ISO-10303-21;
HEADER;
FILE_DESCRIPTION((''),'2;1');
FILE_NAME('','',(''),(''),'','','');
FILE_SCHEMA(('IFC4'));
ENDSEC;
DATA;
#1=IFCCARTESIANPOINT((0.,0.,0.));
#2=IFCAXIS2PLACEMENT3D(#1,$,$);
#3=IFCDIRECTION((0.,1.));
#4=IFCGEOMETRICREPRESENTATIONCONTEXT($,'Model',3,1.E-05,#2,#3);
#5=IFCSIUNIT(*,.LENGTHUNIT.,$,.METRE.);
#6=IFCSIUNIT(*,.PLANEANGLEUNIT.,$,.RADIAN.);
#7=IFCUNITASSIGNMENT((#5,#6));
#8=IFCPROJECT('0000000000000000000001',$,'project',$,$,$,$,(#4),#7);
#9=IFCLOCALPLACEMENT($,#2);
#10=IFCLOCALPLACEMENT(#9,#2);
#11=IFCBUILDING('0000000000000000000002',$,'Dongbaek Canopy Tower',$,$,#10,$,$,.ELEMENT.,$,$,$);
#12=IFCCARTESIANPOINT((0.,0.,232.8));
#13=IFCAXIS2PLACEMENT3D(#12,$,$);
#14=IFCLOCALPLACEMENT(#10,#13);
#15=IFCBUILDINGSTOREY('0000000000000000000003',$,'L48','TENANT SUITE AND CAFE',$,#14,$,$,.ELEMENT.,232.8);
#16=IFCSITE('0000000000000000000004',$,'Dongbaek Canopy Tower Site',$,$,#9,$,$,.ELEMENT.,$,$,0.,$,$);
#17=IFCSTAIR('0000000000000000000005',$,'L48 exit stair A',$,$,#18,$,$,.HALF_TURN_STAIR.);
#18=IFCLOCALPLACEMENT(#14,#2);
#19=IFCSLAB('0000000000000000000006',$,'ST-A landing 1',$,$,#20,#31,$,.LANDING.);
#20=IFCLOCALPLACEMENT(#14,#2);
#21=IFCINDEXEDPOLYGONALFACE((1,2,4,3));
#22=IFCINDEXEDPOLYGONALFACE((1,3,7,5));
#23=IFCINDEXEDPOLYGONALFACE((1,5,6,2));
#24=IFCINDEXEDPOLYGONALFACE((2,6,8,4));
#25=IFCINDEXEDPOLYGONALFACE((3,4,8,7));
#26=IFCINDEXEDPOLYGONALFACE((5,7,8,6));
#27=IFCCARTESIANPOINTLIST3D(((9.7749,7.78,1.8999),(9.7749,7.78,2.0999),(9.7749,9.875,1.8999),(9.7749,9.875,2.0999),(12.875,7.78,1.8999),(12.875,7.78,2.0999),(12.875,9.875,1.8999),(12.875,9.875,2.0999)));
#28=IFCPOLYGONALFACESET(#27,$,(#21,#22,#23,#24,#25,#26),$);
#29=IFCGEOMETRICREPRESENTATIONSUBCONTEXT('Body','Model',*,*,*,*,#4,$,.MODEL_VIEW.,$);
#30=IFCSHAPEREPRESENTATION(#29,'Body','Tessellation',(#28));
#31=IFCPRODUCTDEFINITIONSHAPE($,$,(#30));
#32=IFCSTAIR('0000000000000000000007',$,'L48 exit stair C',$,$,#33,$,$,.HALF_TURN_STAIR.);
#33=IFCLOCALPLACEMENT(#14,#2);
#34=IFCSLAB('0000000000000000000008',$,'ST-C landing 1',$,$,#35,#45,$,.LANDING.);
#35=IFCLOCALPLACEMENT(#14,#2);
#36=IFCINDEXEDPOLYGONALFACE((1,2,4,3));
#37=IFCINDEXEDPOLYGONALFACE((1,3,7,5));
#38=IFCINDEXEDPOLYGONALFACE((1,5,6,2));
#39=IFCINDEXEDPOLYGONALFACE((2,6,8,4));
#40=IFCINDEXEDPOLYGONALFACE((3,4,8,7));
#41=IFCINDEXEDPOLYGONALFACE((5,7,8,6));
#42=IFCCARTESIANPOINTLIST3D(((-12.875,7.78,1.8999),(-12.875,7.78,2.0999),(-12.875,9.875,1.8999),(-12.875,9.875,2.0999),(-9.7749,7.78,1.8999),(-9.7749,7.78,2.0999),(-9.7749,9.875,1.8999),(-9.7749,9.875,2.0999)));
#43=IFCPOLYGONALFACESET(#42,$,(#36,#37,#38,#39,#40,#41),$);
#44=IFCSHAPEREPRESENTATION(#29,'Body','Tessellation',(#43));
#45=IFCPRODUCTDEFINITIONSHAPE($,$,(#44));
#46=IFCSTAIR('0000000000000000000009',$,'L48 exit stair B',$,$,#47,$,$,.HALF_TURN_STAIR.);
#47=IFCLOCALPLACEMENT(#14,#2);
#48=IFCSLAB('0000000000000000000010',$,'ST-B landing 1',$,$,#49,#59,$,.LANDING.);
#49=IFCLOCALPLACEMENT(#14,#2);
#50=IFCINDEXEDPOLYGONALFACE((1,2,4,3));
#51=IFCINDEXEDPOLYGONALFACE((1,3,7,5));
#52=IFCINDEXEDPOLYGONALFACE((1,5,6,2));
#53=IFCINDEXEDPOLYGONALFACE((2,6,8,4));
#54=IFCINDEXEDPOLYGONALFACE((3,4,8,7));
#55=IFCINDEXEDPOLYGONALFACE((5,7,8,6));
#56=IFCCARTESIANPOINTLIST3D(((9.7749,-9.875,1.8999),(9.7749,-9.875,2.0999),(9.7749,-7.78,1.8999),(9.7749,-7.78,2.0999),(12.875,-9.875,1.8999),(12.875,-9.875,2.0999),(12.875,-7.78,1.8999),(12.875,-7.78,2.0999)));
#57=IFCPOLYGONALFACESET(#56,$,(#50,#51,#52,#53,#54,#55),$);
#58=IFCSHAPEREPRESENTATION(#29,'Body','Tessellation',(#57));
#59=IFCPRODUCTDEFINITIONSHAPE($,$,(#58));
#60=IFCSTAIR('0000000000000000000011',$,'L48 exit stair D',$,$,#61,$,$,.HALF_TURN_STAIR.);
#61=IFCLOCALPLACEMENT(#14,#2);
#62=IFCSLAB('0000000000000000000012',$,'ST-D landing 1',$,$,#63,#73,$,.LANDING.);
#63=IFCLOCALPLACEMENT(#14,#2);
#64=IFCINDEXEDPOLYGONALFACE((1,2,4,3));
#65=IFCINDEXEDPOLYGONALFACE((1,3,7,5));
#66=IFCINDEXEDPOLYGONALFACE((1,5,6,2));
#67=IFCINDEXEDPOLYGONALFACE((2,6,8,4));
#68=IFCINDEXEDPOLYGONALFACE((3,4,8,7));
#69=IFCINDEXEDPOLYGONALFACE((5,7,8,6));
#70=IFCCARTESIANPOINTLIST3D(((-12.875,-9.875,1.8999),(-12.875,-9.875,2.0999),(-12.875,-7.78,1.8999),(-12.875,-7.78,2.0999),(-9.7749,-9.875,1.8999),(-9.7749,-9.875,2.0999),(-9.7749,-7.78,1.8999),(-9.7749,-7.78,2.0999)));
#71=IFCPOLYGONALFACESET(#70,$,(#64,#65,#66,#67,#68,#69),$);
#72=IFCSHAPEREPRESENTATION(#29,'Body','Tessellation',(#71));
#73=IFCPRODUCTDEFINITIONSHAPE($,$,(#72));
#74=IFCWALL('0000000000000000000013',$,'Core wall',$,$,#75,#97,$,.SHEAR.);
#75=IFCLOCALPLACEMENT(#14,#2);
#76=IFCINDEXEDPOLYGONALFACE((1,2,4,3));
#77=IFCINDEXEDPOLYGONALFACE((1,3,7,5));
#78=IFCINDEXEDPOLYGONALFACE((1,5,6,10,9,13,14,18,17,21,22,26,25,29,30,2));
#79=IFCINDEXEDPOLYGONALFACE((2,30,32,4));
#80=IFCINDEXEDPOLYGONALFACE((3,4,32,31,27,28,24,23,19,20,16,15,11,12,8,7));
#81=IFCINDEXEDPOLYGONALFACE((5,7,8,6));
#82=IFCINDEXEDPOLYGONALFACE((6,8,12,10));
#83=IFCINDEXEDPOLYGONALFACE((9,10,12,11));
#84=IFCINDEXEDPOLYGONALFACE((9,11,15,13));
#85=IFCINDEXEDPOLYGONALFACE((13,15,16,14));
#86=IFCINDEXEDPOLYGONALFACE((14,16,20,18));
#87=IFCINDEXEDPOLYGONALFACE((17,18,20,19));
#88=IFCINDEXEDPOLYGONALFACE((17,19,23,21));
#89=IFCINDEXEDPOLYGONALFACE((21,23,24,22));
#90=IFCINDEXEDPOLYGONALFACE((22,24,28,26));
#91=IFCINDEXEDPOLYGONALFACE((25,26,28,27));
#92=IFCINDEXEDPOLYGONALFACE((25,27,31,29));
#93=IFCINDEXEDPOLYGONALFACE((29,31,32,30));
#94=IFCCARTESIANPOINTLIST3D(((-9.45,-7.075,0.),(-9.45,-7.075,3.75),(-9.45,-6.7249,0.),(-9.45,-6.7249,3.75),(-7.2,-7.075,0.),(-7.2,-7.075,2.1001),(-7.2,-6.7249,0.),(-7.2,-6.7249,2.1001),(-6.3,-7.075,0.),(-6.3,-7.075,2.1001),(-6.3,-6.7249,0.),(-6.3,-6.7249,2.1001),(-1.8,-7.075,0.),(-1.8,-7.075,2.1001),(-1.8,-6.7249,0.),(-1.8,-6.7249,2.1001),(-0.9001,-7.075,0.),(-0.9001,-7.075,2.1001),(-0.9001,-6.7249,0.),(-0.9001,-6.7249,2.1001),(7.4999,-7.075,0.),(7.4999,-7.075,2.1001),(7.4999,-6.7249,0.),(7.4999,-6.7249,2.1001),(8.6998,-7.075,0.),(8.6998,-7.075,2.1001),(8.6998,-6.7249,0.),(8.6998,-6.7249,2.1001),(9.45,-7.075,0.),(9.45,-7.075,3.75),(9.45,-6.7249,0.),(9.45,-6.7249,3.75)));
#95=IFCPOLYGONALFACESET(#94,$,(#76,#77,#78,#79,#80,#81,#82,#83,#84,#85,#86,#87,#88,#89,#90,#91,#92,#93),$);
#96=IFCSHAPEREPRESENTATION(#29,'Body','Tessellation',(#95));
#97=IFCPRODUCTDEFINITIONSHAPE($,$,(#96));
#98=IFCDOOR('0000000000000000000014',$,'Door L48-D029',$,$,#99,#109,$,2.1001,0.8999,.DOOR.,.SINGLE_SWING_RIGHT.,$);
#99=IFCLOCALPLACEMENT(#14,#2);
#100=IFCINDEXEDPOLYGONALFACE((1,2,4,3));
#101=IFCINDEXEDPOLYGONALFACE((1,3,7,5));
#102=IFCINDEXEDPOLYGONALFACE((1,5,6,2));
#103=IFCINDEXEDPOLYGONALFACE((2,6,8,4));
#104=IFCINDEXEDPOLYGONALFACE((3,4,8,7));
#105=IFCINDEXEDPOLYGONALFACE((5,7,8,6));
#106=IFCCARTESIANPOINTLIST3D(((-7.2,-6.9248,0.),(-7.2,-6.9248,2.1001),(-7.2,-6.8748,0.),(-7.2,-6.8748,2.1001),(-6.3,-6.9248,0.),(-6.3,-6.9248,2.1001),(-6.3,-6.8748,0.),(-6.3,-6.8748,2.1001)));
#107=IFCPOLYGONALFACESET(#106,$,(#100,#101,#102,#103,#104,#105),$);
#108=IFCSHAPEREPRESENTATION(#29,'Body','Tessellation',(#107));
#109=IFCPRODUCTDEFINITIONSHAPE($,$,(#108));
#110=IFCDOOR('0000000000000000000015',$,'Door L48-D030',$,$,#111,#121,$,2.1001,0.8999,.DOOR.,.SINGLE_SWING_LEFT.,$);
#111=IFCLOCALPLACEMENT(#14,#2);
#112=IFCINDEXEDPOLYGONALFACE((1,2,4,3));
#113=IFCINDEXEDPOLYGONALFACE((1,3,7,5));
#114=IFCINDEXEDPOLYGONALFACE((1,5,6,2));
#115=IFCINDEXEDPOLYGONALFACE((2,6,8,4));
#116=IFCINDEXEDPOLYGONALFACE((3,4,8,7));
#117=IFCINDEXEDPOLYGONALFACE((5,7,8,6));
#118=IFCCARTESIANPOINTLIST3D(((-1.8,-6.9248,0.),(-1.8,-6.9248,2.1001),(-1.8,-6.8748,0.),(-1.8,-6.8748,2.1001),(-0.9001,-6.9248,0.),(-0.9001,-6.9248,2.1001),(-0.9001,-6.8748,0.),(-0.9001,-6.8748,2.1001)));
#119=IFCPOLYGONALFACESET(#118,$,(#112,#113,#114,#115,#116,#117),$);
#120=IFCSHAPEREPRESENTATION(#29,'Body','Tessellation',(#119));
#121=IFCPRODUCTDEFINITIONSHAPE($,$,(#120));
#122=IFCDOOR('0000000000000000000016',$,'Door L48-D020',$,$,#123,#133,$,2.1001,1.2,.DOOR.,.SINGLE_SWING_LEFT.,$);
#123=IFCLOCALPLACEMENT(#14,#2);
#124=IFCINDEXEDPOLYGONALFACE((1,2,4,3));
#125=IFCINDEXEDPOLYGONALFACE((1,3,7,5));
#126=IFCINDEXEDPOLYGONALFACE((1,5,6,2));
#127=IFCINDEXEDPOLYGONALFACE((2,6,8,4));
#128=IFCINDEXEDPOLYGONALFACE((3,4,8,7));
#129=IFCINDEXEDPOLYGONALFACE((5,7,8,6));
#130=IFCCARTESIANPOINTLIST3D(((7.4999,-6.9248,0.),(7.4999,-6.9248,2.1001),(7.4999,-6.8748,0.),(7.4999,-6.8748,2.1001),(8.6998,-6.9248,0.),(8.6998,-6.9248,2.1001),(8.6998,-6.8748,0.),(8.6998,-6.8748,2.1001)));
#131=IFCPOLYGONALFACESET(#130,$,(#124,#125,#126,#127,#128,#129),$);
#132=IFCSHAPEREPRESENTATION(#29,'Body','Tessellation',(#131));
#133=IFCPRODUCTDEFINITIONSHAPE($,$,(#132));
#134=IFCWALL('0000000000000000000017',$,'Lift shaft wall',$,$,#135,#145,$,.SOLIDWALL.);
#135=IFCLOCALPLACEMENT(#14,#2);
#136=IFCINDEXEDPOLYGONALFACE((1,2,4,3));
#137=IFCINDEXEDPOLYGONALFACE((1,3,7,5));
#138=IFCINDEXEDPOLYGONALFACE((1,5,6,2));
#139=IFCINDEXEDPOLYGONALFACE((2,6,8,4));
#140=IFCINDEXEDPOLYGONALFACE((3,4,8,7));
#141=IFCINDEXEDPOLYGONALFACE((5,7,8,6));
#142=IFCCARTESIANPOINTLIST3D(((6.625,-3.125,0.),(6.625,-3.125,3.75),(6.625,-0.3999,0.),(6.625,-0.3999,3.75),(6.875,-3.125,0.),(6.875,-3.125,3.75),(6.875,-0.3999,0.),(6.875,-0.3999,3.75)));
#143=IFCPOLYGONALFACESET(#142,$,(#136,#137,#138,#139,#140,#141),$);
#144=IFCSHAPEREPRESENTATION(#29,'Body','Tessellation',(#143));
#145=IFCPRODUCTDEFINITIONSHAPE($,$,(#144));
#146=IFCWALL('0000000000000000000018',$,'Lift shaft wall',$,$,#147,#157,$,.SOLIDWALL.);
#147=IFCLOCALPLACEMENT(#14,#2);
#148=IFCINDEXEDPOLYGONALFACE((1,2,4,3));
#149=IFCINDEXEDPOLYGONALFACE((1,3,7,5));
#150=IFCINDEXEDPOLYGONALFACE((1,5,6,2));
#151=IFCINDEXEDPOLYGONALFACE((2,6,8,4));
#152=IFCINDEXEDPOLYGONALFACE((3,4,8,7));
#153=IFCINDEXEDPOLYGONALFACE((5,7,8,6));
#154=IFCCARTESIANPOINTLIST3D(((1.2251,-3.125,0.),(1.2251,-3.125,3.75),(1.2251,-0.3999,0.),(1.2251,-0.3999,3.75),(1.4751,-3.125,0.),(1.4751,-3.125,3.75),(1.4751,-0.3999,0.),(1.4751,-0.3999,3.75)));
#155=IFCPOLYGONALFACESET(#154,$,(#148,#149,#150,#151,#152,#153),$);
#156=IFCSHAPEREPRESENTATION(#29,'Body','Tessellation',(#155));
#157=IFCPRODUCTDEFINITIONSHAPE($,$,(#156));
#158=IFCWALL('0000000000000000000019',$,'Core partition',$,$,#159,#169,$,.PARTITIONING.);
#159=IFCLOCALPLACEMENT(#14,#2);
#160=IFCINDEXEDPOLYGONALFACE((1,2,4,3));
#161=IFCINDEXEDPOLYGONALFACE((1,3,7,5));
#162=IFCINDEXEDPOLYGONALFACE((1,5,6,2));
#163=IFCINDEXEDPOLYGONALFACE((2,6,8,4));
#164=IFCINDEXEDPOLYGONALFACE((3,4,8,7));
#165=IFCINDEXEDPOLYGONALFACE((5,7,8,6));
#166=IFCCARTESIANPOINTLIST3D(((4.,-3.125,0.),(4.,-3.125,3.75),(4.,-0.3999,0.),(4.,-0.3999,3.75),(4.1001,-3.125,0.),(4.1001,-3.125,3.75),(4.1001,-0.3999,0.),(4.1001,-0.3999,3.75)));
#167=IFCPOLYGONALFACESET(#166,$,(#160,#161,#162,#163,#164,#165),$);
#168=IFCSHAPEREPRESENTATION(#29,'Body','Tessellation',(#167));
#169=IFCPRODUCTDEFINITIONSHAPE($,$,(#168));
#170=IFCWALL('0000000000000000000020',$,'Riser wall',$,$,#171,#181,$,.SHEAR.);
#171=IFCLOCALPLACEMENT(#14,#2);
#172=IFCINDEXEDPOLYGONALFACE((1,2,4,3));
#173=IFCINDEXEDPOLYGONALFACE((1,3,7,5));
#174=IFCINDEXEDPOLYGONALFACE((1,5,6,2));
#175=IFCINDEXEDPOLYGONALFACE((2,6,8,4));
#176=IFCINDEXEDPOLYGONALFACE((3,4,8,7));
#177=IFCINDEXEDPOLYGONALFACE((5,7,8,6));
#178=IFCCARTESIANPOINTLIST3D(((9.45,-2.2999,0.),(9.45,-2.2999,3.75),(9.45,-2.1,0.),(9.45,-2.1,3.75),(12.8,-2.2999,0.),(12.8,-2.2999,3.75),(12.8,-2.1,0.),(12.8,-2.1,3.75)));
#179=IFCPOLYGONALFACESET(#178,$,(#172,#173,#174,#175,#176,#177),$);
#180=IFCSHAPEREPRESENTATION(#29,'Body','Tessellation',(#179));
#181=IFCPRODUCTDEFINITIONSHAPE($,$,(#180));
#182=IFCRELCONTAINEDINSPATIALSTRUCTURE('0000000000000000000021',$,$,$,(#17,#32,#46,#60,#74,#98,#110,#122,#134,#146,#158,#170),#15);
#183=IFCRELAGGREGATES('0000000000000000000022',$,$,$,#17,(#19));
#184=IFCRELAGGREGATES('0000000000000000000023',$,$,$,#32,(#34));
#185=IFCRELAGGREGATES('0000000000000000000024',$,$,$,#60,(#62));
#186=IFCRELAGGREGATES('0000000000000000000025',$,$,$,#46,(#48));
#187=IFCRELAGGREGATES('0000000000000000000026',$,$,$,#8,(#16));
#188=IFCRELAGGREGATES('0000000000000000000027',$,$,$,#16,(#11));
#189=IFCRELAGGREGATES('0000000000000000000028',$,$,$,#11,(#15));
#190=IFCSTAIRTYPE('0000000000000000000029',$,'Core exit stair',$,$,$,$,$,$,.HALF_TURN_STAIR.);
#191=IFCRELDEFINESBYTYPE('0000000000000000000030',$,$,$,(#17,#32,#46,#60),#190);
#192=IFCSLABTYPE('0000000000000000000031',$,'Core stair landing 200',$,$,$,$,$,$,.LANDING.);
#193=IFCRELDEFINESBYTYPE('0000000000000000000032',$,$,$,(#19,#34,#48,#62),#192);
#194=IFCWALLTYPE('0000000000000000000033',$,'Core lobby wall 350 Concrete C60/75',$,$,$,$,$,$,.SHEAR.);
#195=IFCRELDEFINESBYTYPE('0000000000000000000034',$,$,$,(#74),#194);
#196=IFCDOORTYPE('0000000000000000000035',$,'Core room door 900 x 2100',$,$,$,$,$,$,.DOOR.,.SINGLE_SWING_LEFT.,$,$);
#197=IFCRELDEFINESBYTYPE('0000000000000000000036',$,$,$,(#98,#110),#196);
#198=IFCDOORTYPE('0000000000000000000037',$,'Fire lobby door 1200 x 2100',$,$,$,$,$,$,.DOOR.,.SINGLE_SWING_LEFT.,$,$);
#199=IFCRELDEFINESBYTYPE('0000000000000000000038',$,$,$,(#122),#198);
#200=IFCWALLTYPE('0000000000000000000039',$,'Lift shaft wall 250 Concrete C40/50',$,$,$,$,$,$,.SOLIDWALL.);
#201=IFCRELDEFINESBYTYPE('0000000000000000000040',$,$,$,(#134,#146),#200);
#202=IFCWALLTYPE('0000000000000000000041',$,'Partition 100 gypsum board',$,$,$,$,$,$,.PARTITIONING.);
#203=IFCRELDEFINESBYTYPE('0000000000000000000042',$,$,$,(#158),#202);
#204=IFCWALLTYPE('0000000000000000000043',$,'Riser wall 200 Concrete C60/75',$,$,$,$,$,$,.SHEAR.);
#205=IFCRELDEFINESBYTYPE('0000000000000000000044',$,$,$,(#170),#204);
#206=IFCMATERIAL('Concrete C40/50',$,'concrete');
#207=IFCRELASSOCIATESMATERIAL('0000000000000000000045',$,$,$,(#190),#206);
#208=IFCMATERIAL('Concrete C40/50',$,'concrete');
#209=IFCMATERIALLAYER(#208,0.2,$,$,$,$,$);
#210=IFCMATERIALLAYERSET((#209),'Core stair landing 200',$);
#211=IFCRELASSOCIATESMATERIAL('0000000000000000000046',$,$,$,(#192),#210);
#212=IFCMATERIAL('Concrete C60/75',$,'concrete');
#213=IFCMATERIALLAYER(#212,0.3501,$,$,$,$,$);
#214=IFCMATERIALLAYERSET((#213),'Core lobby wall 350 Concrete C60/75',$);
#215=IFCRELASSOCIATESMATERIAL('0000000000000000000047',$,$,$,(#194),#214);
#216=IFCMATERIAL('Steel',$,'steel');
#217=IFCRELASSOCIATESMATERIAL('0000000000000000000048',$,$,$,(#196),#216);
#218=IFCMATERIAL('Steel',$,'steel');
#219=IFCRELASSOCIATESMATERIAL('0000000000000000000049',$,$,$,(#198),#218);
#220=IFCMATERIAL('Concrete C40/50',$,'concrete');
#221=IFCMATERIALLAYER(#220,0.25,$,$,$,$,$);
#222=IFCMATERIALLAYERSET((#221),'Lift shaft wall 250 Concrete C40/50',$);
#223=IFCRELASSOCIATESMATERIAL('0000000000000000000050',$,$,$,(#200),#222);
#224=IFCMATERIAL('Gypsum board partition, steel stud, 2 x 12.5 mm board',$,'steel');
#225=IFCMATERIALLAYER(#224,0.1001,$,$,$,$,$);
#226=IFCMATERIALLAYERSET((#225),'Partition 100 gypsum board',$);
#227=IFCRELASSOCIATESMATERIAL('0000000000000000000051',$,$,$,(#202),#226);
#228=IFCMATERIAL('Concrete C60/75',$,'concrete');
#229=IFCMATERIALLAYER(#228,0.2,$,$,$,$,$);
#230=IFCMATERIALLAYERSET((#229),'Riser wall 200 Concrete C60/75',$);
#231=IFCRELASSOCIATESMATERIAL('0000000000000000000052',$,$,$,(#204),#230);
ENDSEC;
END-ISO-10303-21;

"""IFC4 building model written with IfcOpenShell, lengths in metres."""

from ifc_helpers import new_model, si_unit, direction, frame, frame_2d, origin, place, context, subcontext, project, spatial, polyline, rectangle, outline, extrude, material, layer, layer_set, type_object, element, fill, aggregate, save


model = new_model("IFC4")

# Units and contexts
model_context = context("Model", 3, precision=1e-05, world=origin(), true_north=direction((0.0, 1.0)))
body_context = subcontext(model_context, "Body", "Model", "MODEL_VIEW")
ifc_project = project(units=[si_unit("LENGTHUNIT", "METRE"), si_unit("PLANEANGLEUNIT", "RADIAN")], contexts=[model_context])

# Site, building, storey
site_placement = place(None, origin())
site = spatial("IfcSite", under=ifc_project, at=site_placement, Name="Dongbaek Canopy Tower Site", CompositionType="ELEMENT", RefElevation=0.0)
building_placement = place(site_placement, origin())
building = spatial("IfcBuilding", under=site, at=building_placement, Name="Dongbaek Canopy Tower", CompositionType="ELEMENT")
storey_placement = place(building_placement, frame((0.0, 0.0, 232.8)))
storey = spatial("IfcBuildingStorey", under=building, at=storey_placement, Name="L48", Description="TENANT SUITE AND CAFE", CompositionType="ELEMENT", Elevation=232.8)

# Stairs, slabs
ifc_material_1 = material(Name="Concrete C40/50", Category="concrete")
stair_type = type_object("IfcStairType", Name="Core exit stair", PredefinedType="HALF_TURN_STAIR", material=ifc_material_1)
stair_1_placement = place(storey_placement, origin())
stair_1 = element("IfcStair", 1, at=stair_1_placement, inside=storey, type_object=stair_type, Name="L48 exit stair A", PredefinedType="HALF_TURN_STAIR")
ifc_material_2 = material(Name="Concrete C40/50", Category="concrete")
ifc_layer_1 = layer(ifc_material_2, 0.2)
ifc_layer_set_1 = layer_set([ifc_layer_1], Name="Core stair landing 200")
slab_type = type_object("IfcSlabType", Name="Core stair landing 200", PredefinedType="LANDING", material=ifc_layer_set_1)
slab_1_placement = place(storey_placement, frame((0.0, 0.0, 1.8999)))
slab_1 = element("IfcSlab", 2, at=slab_1_placement, type_object=slab_type, Name="ST-A landing 1", PredefinedType="LANDING", context=body_context, shape_type="SweptSolid", body=[
    extrude(outline(polyline([(12.875, 7.78), (12.875, 9.875), (9.7749, 9.875), (9.7749, 7.78), (12.875, 7.78)])), origin(), (0.0, 0.0, 1.0), 0.2),
])
aggregate(stair_1, [slab_1])
stair_2_placement = place(storey_placement, origin())
stair_2 = element("IfcStair", 3, at=stair_2_placement, inside=storey, type_object=stair_type, Name="L48 exit stair C", PredefinedType="HALF_TURN_STAIR")
slab_2_placement = place(storey_placement, frame((0.0, 0.0, 1.8999)))
slab_2 = element("IfcSlab", 4, at=slab_2_placement, type_object=slab_type, Name="ST-C landing 1", PredefinedType="LANDING", context=body_context, shape_type="SweptSolid", body=[
    extrude(outline(polyline([(-9.7749, 7.78), (-9.7749, 9.875), (-12.875, 9.875), (-12.875, 7.78), (-9.7749, 7.78)])), origin(), (0.0, 0.0, 1.0), 0.2),
])
aggregate(stair_2, [slab_2])
stair_3_placement = place(storey_placement, origin())
stair_3 = element("IfcStair", 5, at=stair_3_placement, inside=storey, type_object=stair_type, Name="L48 exit stair B", PredefinedType="HALF_TURN_STAIR")
slab_3_placement = place(storey_placement, frame((0.0, 0.0, 1.8999)))
slab_3 = element("IfcSlab", 6, at=slab_3_placement, type_object=slab_type, Name="ST-B landing 1", PredefinedType="LANDING", context=body_context, shape_type="SweptSolid", body=[
    extrude(outline(polyline([(9.7749, -7.78), (9.7749, -9.875), (12.875, -9.875), (12.875, -7.78), (9.7749, -7.78)])), origin(), (0.0, 0.0, 1.0), 0.2),
])
stair_4_placement = place(storey_placement, origin())
stair_4 = element("IfcStair", 7, at=stair_4_placement, inside=storey, type_object=stair_type, Name="L48 exit stair D", PredefinedType="HALF_TURN_STAIR")
slab_4_placement = place(storey_placement, frame((0.0, 0.0, 1.8999)))
slab_4 = element("IfcSlab", 8, at=slab_4_placement, type_object=slab_type, Name="ST-D landing 1", PredefinedType="LANDING", context=body_context, shape_type="SweptSolid", body=[
    extrude(outline(polyline([(-12.875, -7.78), (-12.875, -9.875), (-9.7749, -9.875), (-9.7749, -7.78), (-12.875, -7.78)])), origin(), (0.0, 0.0, 1.0), 0.2),
])
aggregate(stair_4, [slab_4])

# Wall, openings, doors
ifc_material_3 = material(Name="Concrete C60/75", Category="concrete")
ifc_layer_2 = layer(ifc_material_3, 0.3501)
ifc_layer_set_2 = layer_set([ifc_layer_2], Name="Core lobby wall 350 Concrete C60/75")
wall_type_1 = type_object("IfcWallType", Name="Core lobby wall 350 Concrete C60/75", PredefinedType="SHEAR", material=ifc_layer_set_2)
wall_1_placement = place(storey_placement, frame((9.45, -6.8999, 0.0), z_axis=(0.0, 0.0, 1.0), x_axis=(-1.0, 0.0, 0.0)))
wall_1 = element("IfcWall", 9, at=wall_1_placement, inside=storey, type_object=wall_type_1, Name="Core wall", PredefinedType="SHEAR", context=body_context, shape_type="SweptSolid", body=[
    extrude(rectangle(XDim=18.8999, YDim=0.3501, at=frame_2d((9.45, 0.0))), origin(), (0.0, 0.0, 1.0), 3.75),
])
opening_1_placement = place(wall_1_placement, frame((0.75, 0.0, 0.0)))
opening_1 = element("IfcOpeningElement", 10, at=opening_1_placement, cuts=wall_1, PredefinedType="OPENING", context=body_context, shape_type="SweptSolid", body=[
    extrude(rectangle(XDim=1.2, YDim=2.1001, at=frame_2d((0.6001, 1.05))), frame((0.0, 0.1851, 0.0), z_axis=(0.0, -1.0, 0.0), x_axis=(1.0, 0.0, 0.0)), (0.0, 0.0, 1.0), 0.3701),
])
opening_2_placement = place(wall_1_placement, frame((15.75, 0.0, 0.0)))
opening_2 = element("IfcOpeningElement", 11, at=opening_2_placement, cuts=wall_1, PredefinedType="OPENING", context=body_context, shape_type="SweptSolid", body=[
    extrude(rectangle(XDim=0.8999, YDim=2.1001, at=frame_2d((0.45, 1.05))), frame((0.0, 0.1851, 0.0), z_axis=(0.0, -1.0, 0.0), x_axis=(1.0, 0.0, 0.0)), (0.0, 0.0, 1.0), 0.3701),
])
opening_3_placement = place(wall_1_placement, frame((10.3501, 0.0, 0.0)))
opening_3 = element("IfcOpeningElement", 12, at=opening_3_placement, cuts=wall_1, PredefinedType="OPENING", context=body_context, shape_type="SweptSolid", body=[
    extrude(rectangle(XDim=0.8999, YDim=2.1001, at=frame_2d((0.45, 1.05))), frame((0.0, 0.1851, 0.0), z_axis=(0.0, -1.0, 0.0), x_axis=(1.0, 0.0, 0.0)), (0.0, 0.0, 1.0), 0.3701),
])
ifc_material_4 = material(Name="Steel", Category="steel")
door_type_1 = type_object("IfcDoorType", Name="Core room door 900 x 2100", OperationType="SINGLE_SWING_LEFT", PredefinedType="DOOR", material=ifc_material_4)
door_1_placement = place(opening_2_placement, origin())
door_1 = element("IfcDoor", 13, at=door_1_placement, inside=storey, type_object=door_type_1, Name="Door L48-D029", OperationType="SINGLE_SWING_RIGHT", OverallHeight=2.1001, OverallWidth=0.8999, PredefinedType="DOOR", context=body_context, shape_type="SweptSolid", body=[
    extrude(rectangle(XDim=0.8999, YDim=2.1001, at=frame_2d((0.45, 1.05))), frame((0.0, 0.0249, 0.0), z_axis=(0.0, -1.0, 0.0), x_axis=(1.0, 0.0, 0.0)), (0.0, 0.0, 1.0), 0.05),
])
fill(opening_2, door_1)
door_2_placement = place(opening_3_placement, origin())
door_2 = element("IfcDoor", 14, at=door_2_placement, inside=storey, type_object=door_type_1, Name="Door L48-D030", OperationType="SINGLE_SWING_LEFT", OverallHeight=2.1001, OverallWidth=0.8999, PredefinedType="DOOR", context=body_context, shape_type="SweptSolid", body=[
    extrude(rectangle(XDim=0.8999, YDim=2.1001, at=frame_2d((0.45, 1.05))), frame((0.0, 0.0249, 0.0), z_axis=(0.0, -1.0, 0.0), x_axis=(1.0, 0.0, 0.0)), (0.0, 0.0, 1.0), 0.05),
])
fill(opening_3, door_2)
ifc_material_5 = material(Name="Steel", Category="steel")
door_type_2 = type_object("IfcDoorType", Name="Fire lobby door 1200 x 2100", OperationType="SINGLE_SWING_LEFT", PredefinedType="DOOR", material=ifc_material_5)
door_3_placement = place(opening_1_placement, origin())
door_3 = element("IfcDoor", 15, at=door_3_placement, inside=storey, type_object=door_type_2, Name="Door L48-D020", OperationType="SINGLE_SWING_LEFT", OverallHeight=2.1001, OverallWidth=1.2, PredefinedType="DOOR", context=body_context, shape_type="SweptSolid", body=[
    extrude(rectangle(XDim=1.2, YDim=2.1001, at=frame_2d((0.6001, 1.05))), frame((0.0, 0.0249, 0.0), z_axis=(0.0, -1.0, 0.0), x_axis=(1.0, 0.0, 0.0)), (0.0, 0.0, 1.0), 0.05),
])
fill(opening_1, door_3)

# Walls
ifc_material_6 = material(Name="Concrete C40/50", Category="concrete")
ifc_layer_3 = layer(ifc_material_6, 0.25)
ifc_layer_set_3 = layer_set([ifc_layer_3], Name="Lift shaft wall 250 Concrete C40/50")
wall_type_2 = type_object("IfcWallType", Name="Lift shaft wall 250 Concrete C40/50", PredefinedType="SOLIDWALL", material=ifc_layer_set_3)
for number, where, z_axis, x_axis, name in (
    (16, (6.75, -3.125, 0.0), (0.0, 0.0, 1.0), (0.0, 1.0, 0.0), "Lift shaft wall"),
    (17, (1.3501, -3.125, 0.0), (0.0, 0.0, 1.0), (0.0, 1.0, 0.0), "Lift shaft wall"),
):
    element("IfcWall", number, at=place(storey_placement, frame(where, z_axis=z_axis, x_axis=x_axis)), inside=storey, type_object=wall_type_2, Name=name, PredefinedType="SOLIDWALL", context=body_context, shape_type="SweptSolid", body=[
        extrude(rectangle(XDim=2.7251, YDim=0.25, at=frame_2d((1.3625, 0.0))), origin(), (0.0, 0.0, 1.0), 3.75),
    ])
ifc_material_7 = material(Name="Gypsum board partition, steel stud, 2 x 12.5 mm board", Category="steel")
ifc_layer_4 = layer(ifc_material_7, 0.1001)
ifc_layer_set_4 = layer_set([ifc_layer_4], Name="Partition 100 gypsum board")
wall_type_3 = type_object("IfcWallType", Name="Partition 100 gypsum board", PredefinedType="PARTITIONING", material=ifc_layer_set_4)
wall_2_placement = place(storey_placement, frame((4.05, -3.125, 0.0), z_axis=(0.0, 0.0, 1.0), x_axis=(0.0, 1.0, 0.0)))
element("IfcWall", 18, at=wall_2_placement, inside=storey, type_object=wall_type_3, Name="Core partition", PredefinedType="PARTITIONING", context=body_context, shape_type="SweptSolid", body=[
    extrude(rectangle(XDim=2.7251, YDim=0.1001, at=frame_2d((1.3625, 0.0))), origin(), (0.0, 0.0, 1.0), 3.75),
])
ifc_material_8 = material(Name="Concrete C60/75", Category="concrete")
ifc_layer_5 = layer(ifc_material_8, 0.2)
ifc_layer_set_5 = layer_set([ifc_layer_5], Name="Riser wall 200 Concrete C60/75")
wall_type_4 = type_object("IfcWallType", Name="Riser wall 200 Concrete C60/75", PredefinedType="SHEAR", material=ifc_layer_set_5)
wall_3_placement = place(storey_placement, frame((9.45, -2.2, 0.0), z_axis=(0.0, 0.0, 1.0), x_axis=(1.0, 0.0, 0.0)))
element("IfcWall", 19, at=wall_3_placement, inside=storey, type_object=wall_type_4, Name="Riser wall", PredefinedType="SHEAR", context=body_context, shape_type="SweptSolid", body=[
    extrude(rectangle(XDim=3.3501, YDim=0.2, at=frame_2d((1.675, 0.0))), origin(), (0.0, 0.0, 1.0), 3.75),
])

aggregate(stair_3, [slab_3])

save(model, "model.ifc")
